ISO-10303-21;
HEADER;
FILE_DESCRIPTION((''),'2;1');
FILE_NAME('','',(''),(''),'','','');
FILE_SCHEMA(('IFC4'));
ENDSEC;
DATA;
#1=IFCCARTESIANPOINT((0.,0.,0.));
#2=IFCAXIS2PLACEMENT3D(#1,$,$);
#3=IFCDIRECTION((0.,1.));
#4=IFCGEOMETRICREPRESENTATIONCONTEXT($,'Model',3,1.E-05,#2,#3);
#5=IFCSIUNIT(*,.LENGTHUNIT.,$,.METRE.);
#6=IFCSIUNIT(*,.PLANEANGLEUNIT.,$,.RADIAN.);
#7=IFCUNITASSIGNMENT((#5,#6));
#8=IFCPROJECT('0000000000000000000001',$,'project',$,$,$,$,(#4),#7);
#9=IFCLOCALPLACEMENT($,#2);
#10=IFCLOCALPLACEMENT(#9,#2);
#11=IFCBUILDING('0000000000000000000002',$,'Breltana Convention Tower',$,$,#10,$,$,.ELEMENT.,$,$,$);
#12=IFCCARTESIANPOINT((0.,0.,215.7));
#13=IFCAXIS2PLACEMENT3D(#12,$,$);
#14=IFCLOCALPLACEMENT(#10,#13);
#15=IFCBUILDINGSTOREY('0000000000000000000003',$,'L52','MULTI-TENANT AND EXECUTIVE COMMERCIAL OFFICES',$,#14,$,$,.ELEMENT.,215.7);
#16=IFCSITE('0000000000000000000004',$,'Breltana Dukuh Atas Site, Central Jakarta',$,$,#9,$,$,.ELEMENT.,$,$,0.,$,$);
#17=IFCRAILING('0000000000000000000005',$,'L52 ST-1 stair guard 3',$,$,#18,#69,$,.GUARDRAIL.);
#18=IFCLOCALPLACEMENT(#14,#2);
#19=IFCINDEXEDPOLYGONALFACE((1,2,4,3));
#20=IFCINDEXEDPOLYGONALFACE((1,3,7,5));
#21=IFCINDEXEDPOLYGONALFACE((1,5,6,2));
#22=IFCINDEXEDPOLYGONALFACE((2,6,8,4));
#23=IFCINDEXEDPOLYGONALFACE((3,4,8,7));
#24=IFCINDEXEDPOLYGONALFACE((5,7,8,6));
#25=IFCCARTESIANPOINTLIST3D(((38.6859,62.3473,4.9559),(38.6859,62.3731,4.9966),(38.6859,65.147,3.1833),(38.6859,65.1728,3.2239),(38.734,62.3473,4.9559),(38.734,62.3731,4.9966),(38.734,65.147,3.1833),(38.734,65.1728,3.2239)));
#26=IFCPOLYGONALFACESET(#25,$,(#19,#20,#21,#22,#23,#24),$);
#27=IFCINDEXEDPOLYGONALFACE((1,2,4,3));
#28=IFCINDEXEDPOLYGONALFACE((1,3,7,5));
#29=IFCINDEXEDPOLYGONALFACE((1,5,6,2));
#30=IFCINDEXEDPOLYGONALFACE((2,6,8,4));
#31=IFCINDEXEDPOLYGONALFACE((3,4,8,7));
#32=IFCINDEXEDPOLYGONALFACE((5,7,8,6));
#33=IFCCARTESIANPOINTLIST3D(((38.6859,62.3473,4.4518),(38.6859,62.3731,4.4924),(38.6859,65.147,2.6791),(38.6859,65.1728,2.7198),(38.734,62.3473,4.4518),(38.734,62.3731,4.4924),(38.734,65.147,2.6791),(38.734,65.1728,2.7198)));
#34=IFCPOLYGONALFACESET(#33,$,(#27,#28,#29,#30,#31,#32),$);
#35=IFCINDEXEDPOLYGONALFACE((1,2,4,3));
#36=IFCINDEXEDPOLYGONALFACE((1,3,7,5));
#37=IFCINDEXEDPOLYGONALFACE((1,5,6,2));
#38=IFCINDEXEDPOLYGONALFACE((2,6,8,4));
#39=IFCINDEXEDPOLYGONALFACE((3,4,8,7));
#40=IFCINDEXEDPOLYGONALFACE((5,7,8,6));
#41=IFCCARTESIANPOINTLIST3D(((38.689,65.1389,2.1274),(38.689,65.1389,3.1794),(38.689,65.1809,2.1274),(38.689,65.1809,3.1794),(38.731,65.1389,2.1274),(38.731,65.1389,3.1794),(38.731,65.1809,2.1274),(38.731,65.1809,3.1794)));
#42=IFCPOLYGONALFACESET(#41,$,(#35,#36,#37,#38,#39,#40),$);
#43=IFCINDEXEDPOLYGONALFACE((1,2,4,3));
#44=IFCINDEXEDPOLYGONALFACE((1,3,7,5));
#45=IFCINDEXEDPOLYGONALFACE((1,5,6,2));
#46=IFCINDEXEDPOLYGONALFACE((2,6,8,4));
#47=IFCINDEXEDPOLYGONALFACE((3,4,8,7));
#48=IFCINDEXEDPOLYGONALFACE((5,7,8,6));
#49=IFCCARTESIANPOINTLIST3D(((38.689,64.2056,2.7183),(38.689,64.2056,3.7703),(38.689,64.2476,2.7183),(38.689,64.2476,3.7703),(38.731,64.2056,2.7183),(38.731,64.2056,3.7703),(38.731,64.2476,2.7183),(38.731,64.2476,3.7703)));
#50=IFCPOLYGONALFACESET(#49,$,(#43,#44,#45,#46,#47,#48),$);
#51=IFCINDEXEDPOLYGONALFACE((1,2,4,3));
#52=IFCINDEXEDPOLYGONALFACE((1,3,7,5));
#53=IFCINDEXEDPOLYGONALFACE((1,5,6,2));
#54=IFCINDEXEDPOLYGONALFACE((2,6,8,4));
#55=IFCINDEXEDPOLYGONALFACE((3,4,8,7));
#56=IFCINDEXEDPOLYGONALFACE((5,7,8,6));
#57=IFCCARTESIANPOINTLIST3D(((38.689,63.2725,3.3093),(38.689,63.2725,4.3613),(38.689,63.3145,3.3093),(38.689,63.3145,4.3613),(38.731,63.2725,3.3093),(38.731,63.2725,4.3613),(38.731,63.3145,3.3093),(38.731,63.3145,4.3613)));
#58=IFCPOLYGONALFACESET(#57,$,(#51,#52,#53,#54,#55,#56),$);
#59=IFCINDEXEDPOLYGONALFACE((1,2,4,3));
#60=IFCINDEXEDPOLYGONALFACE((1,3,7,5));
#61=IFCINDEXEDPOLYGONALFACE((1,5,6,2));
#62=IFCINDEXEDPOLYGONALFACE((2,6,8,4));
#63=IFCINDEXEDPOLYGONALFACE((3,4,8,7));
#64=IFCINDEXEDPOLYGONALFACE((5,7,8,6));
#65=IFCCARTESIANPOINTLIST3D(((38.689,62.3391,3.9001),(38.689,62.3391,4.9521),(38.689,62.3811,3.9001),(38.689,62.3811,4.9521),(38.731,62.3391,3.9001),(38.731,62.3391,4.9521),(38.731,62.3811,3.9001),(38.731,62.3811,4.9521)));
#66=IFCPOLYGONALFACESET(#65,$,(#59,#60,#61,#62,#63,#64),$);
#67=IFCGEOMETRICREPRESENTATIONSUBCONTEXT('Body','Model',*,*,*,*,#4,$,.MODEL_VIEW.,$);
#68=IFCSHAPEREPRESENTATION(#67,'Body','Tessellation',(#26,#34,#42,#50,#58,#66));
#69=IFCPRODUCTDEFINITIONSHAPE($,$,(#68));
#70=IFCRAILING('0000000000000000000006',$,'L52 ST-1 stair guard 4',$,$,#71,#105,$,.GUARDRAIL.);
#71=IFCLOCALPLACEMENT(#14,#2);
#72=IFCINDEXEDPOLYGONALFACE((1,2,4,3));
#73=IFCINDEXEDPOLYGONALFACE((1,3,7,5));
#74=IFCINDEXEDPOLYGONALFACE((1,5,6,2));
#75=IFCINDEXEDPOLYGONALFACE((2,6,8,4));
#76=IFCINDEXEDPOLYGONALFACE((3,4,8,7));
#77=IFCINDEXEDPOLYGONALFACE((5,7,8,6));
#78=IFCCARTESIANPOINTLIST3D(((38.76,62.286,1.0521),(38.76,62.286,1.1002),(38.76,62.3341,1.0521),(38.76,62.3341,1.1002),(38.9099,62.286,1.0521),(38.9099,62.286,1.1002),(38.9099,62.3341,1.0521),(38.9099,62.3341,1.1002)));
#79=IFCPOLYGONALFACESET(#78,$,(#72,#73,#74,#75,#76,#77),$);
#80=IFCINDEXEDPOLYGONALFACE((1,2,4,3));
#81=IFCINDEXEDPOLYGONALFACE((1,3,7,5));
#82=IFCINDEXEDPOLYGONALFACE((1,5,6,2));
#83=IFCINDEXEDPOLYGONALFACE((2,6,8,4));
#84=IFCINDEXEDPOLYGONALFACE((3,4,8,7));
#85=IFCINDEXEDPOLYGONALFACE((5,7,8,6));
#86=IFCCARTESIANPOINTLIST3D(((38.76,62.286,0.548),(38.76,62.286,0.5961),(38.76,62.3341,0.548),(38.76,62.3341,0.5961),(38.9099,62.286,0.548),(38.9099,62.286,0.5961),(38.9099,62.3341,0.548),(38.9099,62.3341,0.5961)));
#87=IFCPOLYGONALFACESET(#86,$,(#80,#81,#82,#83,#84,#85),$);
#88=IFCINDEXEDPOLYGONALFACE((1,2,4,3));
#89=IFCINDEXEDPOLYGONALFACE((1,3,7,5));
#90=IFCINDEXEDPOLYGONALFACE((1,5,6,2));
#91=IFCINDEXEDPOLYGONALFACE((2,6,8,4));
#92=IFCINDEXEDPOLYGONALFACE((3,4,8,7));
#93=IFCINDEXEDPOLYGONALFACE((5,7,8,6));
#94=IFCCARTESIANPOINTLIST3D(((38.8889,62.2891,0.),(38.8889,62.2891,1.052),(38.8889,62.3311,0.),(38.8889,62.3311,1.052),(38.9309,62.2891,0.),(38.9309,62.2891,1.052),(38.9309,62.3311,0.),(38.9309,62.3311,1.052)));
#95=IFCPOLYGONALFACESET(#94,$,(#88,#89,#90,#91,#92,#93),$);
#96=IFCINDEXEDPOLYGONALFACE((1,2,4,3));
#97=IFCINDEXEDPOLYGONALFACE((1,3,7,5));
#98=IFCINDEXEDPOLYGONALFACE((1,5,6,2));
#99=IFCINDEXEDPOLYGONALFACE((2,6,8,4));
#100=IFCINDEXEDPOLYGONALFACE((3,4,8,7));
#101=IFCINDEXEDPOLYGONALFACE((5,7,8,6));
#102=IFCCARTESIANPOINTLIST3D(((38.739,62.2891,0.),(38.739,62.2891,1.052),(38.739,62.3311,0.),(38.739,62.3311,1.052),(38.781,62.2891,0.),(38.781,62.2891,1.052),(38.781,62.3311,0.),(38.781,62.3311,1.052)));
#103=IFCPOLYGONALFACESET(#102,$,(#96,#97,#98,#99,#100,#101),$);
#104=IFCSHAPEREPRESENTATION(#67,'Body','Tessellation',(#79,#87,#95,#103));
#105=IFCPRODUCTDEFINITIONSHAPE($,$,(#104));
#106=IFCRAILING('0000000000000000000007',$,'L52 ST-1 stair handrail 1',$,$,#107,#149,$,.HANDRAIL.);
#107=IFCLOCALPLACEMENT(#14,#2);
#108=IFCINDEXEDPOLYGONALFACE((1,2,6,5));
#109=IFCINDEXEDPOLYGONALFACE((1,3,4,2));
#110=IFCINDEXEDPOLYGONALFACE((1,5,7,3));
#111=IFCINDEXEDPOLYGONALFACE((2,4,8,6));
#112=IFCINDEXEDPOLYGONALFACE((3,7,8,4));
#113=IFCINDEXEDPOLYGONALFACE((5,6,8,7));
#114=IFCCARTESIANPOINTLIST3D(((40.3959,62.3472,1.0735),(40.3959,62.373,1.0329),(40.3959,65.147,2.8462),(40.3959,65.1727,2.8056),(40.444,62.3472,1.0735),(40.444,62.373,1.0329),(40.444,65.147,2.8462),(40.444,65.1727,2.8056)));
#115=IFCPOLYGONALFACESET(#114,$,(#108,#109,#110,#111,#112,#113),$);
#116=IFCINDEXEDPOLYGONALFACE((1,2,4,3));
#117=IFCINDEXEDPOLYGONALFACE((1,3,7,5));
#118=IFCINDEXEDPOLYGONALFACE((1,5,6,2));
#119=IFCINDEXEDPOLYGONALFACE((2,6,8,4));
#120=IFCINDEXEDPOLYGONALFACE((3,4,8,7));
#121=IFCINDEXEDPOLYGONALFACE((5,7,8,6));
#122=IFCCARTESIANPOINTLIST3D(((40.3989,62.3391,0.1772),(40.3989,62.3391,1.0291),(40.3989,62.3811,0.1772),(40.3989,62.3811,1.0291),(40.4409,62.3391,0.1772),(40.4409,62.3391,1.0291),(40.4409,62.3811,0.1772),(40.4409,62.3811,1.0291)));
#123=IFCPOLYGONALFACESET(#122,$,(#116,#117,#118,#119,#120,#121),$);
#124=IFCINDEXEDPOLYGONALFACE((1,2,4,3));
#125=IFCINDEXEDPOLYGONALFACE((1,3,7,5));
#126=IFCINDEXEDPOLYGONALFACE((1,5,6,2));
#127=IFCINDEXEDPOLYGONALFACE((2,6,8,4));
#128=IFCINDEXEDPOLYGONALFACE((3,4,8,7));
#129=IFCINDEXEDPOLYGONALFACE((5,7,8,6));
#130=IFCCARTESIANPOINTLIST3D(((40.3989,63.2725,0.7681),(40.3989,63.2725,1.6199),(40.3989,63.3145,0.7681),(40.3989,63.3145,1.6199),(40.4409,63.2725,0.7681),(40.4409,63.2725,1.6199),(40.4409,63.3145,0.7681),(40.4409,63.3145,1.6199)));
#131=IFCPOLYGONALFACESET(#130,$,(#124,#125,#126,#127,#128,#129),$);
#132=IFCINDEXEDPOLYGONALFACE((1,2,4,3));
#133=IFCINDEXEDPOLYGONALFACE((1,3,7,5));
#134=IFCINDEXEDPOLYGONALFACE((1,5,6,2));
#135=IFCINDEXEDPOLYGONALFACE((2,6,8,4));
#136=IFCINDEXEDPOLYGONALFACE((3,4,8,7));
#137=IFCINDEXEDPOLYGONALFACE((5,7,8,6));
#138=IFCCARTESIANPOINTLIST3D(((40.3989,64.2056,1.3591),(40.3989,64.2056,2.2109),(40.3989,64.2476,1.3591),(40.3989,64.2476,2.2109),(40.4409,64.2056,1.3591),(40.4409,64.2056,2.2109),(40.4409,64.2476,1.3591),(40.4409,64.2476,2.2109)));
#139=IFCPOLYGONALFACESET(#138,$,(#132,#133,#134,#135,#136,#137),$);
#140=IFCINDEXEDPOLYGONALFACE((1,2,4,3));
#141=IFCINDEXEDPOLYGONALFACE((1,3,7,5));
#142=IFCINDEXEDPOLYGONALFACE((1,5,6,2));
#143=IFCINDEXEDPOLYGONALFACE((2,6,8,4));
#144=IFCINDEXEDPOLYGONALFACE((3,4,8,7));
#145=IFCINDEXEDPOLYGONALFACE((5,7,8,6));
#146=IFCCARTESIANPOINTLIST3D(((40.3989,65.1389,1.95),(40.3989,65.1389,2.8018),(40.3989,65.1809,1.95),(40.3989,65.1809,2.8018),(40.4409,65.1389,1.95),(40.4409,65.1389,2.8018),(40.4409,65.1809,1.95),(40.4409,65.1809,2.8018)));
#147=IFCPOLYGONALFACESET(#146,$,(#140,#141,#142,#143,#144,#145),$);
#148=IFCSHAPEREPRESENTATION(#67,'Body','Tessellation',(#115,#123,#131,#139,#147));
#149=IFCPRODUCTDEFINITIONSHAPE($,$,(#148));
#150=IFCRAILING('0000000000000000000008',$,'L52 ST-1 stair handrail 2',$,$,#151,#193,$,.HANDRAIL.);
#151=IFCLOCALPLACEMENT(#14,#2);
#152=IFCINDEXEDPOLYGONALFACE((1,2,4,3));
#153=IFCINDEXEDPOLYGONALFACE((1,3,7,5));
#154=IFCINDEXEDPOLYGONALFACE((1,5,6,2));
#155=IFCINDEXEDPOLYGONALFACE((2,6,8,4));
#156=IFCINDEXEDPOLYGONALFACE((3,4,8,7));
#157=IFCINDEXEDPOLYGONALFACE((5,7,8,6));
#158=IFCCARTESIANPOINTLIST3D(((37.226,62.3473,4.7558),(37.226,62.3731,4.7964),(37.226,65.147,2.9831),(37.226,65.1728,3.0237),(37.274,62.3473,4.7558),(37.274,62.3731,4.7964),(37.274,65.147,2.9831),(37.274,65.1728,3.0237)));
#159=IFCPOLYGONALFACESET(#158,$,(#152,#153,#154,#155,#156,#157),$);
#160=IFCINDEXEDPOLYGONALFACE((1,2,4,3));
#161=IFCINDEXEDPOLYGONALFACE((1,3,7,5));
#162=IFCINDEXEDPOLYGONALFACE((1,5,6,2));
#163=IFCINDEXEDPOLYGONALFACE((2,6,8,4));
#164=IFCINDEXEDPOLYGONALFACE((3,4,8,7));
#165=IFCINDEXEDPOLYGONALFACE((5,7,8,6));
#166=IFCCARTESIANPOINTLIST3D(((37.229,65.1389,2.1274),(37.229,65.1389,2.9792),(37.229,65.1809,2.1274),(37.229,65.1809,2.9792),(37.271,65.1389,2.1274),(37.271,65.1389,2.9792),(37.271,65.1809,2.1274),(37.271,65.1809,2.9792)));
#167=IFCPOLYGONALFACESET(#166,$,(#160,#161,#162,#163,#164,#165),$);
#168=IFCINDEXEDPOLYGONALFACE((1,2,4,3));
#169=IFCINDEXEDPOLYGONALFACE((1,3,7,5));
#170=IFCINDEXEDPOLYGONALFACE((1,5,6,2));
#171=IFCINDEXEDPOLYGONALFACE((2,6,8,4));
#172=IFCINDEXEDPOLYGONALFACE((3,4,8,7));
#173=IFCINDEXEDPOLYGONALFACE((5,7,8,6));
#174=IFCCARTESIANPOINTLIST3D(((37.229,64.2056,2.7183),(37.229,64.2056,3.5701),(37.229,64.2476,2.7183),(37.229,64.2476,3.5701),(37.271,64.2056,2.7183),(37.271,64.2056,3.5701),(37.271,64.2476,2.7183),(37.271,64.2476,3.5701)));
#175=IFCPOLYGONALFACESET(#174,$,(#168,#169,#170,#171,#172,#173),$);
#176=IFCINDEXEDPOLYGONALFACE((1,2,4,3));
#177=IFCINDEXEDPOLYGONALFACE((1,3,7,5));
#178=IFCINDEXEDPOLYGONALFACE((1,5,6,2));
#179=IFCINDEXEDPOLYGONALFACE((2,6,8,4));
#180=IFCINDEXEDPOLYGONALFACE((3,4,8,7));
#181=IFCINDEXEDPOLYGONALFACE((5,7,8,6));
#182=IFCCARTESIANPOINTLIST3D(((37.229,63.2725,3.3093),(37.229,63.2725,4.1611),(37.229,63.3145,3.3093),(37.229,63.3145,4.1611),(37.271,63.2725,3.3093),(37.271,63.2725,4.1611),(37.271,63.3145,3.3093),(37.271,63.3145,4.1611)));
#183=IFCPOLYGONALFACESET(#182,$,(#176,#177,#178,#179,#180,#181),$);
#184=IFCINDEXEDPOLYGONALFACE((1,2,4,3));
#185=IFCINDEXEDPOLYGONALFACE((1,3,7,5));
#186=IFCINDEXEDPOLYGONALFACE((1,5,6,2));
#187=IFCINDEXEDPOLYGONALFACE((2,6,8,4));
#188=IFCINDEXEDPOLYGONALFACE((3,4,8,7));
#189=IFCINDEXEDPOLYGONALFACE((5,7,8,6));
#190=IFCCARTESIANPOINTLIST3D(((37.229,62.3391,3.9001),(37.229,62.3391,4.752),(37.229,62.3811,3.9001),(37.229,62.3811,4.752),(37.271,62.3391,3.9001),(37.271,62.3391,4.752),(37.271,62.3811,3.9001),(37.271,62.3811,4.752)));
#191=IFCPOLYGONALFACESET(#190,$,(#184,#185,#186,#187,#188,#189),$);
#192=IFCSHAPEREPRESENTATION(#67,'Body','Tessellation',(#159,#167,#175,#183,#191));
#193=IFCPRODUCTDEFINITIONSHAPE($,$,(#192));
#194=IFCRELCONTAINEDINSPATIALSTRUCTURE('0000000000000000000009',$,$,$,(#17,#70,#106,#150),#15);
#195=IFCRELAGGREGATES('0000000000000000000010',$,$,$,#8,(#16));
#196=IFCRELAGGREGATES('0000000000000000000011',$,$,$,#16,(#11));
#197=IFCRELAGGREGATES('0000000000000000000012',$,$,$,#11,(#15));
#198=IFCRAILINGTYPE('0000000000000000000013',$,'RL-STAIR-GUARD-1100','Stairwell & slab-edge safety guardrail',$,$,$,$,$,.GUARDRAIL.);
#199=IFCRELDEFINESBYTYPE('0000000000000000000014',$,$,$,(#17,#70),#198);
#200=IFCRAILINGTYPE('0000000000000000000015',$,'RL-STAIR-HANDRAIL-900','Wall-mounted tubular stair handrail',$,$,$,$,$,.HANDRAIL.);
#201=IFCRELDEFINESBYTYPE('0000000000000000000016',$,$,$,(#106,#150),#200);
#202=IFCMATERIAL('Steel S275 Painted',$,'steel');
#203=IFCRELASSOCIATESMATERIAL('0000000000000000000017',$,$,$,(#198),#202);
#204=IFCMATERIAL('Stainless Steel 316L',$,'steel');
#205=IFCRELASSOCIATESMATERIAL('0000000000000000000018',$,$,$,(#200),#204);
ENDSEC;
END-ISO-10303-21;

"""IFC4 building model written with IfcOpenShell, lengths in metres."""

from ifc_helpers import new_model, si_unit, direction, frame, origin, origin_2d, place, context, subcontext, project, spatial, rectangle, extrude, material, type_object, element, save


model = new_model("IFC4")

# Units and contexts
model_context = context("Model", 3, precision=1e-05, world=origin(), true_north=direction((0.0, 1.0)))
body_context = subcontext(model_context, "Body", "Model", "MODEL_VIEW")
ifc_project = project(units=[si_unit("LENGTHUNIT", "METRE"), si_unit("PLANEANGLEUNIT", "RADIAN")], contexts=[model_context])

# Site, building, storey
site_placement = place(None, origin())
site = spatial("IfcSite", under=ifc_project, at=site_placement, Name="Breltana Dukuh Atas Site, Central Jakarta", CompositionType="ELEMENT", RefElevation=0.0)
building_placement = place(site_placement, origin())
building = spatial("IfcBuilding", under=site, at=building_placement, Name="Breltana Convention Tower", CompositionType="ELEMENT")
storey_placement = place(building_placement, frame((0.0, 0.0, 215.7)))
storey = spatial("IfcBuildingStorey", under=building, at=storey_placement, Name="L52", Description="MULTI-TENANT AND EXECUTIVE COMMERCIAL OFFICES", CompositionType="ELEMENT", Elevation=215.7)

# Railings
ifc_material_1 = material(Name="Steel S275 Painted", Category="steel")
railing_type_1 = type_object("IfcRailingType", Name="RL-STAIR-GUARD-1100", Description="Stairwell & slab-edge safety guardrail", PredefinedType="GUARDRAIL", material=ifc_material_1)
railing_1_placement = place(storey_placement, frame((38.71, 65.1599, 2.1274)))
element("IfcRailing", 1, at=railing_1_placement, inside=storey, type_object=railing_type_1, Name="L52 ST-1 stair guard 3", PredefinedType="GUARDRAIL", context=body_context, shape_type="SweptSolid", body=[
    extrude(rectangle(XDim=0.0481, YDim=0.0481, at=origin_2d()), frame((0.0, 0.0, 1.0762), z_axis=(0.0, -0.844888, 0.534943), x_axis=(1.0, 0.0, 0.0)), (0.0, 0.0, 1.0), 3.3137),
    extrude(rectangle(XDim=0.0481, YDim=0.0481, at=origin_2d()), frame((0.0, 0.0, 0.572), z_axis=(0.0, -0.844888, 0.534943), x_axis=(1.0, 0.0, 0.0)), (0.0, 0.0, 1.0), 3.3137),
    extrude(rectangle(XDim=0.042, YDim=0.042, at=origin_2d()), origin(), (0.0, 0.0, 1.0), 1.052),
    extrude(rectangle(XDim=0.042, YDim=0.042, at=origin_2d()), frame((0.0, -0.9333, 0.5908)), (0.0, 0.0, 1.0), 1.052),
    extrude(rectangle(XDim=0.042, YDim=0.042, at=origin_2d()), frame((0.0, -1.8665, 1.1819)), (0.0, 0.0, 1.0), 1.052),
    extrude(rectangle(XDim=0.042, YDim=0.042, at=origin_2d()), frame((0.0, -2.7998, 1.7727)), (0.0, 0.0, 1.0), 1.052),
])
railing_2_placement = place(storey_placement, frame((38.9099, 62.3101, 0.0)))
element("IfcRailing", 2, at=railing_2_placement, inside=storey, type_object=railing_type_1, Name="L52 ST-1 stair guard 4", PredefinedType="GUARDRAIL", context=body_context, shape_type="SweptSolid", body=[
    extrude(rectangle(XDim=0.0481, YDim=0.0481, at=origin_2d()), frame((0.0, 0.0, 1.0762), z_axis=(-1.0, 0.0, 0.0), x_axis=(0.0, -1.0, 0.0)), (0.0, 0.0, 1.0), 0.1499),
    extrude(rectangle(XDim=0.0481, YDim=0.0481, at=origin_2d()), frame((0.0, 0.0, 0.572), z_axis=(-1.0, 0.0, 0.0), x_axis=(0.0, -1.0, 0.0)), (0.0, 0.0, 1.0), 0.1499),
    extrude(rectangle(XDim=0.042, YDim=0.042, at=origin_2d()), origin(), (0.0, 0.0, 1.0), 1.052),
    extrude(rectangle(XDim=0.042, YDim=0.042, at=origin_2d()), frame((-0.1499, 0.0, 0.0)), (0.0, 0.0, 1.0), 1.052),
])
ifc_material_2 = material(Name="Stainless Steel 316L", Category="steel")
railing_type_2 = type_object("IfcRailingType", Name="RL-STAIR-HANDRAIL-900", Description="Wall-mounted tubular stair handrail", PredefinedType="HANDRAIL", material=ifc_material_2)
railing_3_placement = place(storey_placement, frame((40.4199, 62.3601, 0.1772)))
element("IfcRailing", 3, at=railing_3_placement, inside=storey, type_object=railing_type_2, Name="L52 ST-1 stair handrail 1", PredefinedType="HANDRAIL", context=body_context, shape_type="SweptSolid", body=[
    extrude(rectangle(XDim=0.0481, YDim=0.0481, at=origin_2d()), frame((0.0, 0.0, 0.876), z_axis=(0.0, 0.844888, 0.534943), x_axis=(-1.0, 0.0, 0.0)), (0.0, 0.0, 1.0), 3.3137),
    extrude(rectangle(XDim=0.042, YDim=0.042, at=origin_2d()), origin(), (0.0, 0.0, 1.0), 0.8518),
    extrude(rectangle(XDim=0.042, YDim=0.042, at=origin_2d()), frame((0.0, 0.9333, 0.5908)), (0.0, 0.0, 1.0), 0.8518),
    extrude(rectangle(XDim=0.042, YDim=0.042, at=origin_2d()), frame((0.0, 1.8665, 1.1819)), (0.0, 0.0, 1.0), 0.8518),
    extrude(rectangle(XDim=0.042, YDim=0.042, at=origin_2d()), frame((0.0, 2.7998, 1.7727)), (0.0, 0.0, 1.0), 0.8518),
])
railing_4_placement = place(storey_placement, frame((37.25, 65.1599, 2.1274)))
element("IfcRailing", 4, at=railing_4_placement, inside=storey, type_object=railing_type_2, Name="L52 ST-1 stair handrail 2", PredefinedType="HANDRAIL", context=body_context, shape_type="SweptSolid", body=[
    extrude(rectangle(XDim=0.0481, YDim=0.0481, at=origin_2d()), frame((0.0, 0.0, 0.876), z_axis=(0.0, -0.844888, 0.534943), x_axis=(1.0, 0.0, 0.0)), (0.0, 0.0, 1.0), 3.3137),
    extrude(rectangle(XDim=0.042, YDim=0.042, at=origin_2d()), origin(), (0.0, 0.0, 1.0), 0.8518),
    extrude(rectangle(XDim=0.042, YDim=0.042, at=origin_2d()), frame((0.0, -0.9333, 0.5908)), (0.0, 0.0, 1.0), 0.8518),
    extrude(rectangle(XDim=0.042, YDim=0.042, at=origin_2d()), frame((0.0, -1.8665, 1.1819)), (0.0, 0.0, 1.0), 0.8518),
    extrude(rectangle(XDim=0.042, YDim=0.042, at=origin_2d()), frame((0.0, -2.7998, 1.7727)), (0.0, 0.0, 1.0), 0.8518),
])

save(model, "model.ifc")
